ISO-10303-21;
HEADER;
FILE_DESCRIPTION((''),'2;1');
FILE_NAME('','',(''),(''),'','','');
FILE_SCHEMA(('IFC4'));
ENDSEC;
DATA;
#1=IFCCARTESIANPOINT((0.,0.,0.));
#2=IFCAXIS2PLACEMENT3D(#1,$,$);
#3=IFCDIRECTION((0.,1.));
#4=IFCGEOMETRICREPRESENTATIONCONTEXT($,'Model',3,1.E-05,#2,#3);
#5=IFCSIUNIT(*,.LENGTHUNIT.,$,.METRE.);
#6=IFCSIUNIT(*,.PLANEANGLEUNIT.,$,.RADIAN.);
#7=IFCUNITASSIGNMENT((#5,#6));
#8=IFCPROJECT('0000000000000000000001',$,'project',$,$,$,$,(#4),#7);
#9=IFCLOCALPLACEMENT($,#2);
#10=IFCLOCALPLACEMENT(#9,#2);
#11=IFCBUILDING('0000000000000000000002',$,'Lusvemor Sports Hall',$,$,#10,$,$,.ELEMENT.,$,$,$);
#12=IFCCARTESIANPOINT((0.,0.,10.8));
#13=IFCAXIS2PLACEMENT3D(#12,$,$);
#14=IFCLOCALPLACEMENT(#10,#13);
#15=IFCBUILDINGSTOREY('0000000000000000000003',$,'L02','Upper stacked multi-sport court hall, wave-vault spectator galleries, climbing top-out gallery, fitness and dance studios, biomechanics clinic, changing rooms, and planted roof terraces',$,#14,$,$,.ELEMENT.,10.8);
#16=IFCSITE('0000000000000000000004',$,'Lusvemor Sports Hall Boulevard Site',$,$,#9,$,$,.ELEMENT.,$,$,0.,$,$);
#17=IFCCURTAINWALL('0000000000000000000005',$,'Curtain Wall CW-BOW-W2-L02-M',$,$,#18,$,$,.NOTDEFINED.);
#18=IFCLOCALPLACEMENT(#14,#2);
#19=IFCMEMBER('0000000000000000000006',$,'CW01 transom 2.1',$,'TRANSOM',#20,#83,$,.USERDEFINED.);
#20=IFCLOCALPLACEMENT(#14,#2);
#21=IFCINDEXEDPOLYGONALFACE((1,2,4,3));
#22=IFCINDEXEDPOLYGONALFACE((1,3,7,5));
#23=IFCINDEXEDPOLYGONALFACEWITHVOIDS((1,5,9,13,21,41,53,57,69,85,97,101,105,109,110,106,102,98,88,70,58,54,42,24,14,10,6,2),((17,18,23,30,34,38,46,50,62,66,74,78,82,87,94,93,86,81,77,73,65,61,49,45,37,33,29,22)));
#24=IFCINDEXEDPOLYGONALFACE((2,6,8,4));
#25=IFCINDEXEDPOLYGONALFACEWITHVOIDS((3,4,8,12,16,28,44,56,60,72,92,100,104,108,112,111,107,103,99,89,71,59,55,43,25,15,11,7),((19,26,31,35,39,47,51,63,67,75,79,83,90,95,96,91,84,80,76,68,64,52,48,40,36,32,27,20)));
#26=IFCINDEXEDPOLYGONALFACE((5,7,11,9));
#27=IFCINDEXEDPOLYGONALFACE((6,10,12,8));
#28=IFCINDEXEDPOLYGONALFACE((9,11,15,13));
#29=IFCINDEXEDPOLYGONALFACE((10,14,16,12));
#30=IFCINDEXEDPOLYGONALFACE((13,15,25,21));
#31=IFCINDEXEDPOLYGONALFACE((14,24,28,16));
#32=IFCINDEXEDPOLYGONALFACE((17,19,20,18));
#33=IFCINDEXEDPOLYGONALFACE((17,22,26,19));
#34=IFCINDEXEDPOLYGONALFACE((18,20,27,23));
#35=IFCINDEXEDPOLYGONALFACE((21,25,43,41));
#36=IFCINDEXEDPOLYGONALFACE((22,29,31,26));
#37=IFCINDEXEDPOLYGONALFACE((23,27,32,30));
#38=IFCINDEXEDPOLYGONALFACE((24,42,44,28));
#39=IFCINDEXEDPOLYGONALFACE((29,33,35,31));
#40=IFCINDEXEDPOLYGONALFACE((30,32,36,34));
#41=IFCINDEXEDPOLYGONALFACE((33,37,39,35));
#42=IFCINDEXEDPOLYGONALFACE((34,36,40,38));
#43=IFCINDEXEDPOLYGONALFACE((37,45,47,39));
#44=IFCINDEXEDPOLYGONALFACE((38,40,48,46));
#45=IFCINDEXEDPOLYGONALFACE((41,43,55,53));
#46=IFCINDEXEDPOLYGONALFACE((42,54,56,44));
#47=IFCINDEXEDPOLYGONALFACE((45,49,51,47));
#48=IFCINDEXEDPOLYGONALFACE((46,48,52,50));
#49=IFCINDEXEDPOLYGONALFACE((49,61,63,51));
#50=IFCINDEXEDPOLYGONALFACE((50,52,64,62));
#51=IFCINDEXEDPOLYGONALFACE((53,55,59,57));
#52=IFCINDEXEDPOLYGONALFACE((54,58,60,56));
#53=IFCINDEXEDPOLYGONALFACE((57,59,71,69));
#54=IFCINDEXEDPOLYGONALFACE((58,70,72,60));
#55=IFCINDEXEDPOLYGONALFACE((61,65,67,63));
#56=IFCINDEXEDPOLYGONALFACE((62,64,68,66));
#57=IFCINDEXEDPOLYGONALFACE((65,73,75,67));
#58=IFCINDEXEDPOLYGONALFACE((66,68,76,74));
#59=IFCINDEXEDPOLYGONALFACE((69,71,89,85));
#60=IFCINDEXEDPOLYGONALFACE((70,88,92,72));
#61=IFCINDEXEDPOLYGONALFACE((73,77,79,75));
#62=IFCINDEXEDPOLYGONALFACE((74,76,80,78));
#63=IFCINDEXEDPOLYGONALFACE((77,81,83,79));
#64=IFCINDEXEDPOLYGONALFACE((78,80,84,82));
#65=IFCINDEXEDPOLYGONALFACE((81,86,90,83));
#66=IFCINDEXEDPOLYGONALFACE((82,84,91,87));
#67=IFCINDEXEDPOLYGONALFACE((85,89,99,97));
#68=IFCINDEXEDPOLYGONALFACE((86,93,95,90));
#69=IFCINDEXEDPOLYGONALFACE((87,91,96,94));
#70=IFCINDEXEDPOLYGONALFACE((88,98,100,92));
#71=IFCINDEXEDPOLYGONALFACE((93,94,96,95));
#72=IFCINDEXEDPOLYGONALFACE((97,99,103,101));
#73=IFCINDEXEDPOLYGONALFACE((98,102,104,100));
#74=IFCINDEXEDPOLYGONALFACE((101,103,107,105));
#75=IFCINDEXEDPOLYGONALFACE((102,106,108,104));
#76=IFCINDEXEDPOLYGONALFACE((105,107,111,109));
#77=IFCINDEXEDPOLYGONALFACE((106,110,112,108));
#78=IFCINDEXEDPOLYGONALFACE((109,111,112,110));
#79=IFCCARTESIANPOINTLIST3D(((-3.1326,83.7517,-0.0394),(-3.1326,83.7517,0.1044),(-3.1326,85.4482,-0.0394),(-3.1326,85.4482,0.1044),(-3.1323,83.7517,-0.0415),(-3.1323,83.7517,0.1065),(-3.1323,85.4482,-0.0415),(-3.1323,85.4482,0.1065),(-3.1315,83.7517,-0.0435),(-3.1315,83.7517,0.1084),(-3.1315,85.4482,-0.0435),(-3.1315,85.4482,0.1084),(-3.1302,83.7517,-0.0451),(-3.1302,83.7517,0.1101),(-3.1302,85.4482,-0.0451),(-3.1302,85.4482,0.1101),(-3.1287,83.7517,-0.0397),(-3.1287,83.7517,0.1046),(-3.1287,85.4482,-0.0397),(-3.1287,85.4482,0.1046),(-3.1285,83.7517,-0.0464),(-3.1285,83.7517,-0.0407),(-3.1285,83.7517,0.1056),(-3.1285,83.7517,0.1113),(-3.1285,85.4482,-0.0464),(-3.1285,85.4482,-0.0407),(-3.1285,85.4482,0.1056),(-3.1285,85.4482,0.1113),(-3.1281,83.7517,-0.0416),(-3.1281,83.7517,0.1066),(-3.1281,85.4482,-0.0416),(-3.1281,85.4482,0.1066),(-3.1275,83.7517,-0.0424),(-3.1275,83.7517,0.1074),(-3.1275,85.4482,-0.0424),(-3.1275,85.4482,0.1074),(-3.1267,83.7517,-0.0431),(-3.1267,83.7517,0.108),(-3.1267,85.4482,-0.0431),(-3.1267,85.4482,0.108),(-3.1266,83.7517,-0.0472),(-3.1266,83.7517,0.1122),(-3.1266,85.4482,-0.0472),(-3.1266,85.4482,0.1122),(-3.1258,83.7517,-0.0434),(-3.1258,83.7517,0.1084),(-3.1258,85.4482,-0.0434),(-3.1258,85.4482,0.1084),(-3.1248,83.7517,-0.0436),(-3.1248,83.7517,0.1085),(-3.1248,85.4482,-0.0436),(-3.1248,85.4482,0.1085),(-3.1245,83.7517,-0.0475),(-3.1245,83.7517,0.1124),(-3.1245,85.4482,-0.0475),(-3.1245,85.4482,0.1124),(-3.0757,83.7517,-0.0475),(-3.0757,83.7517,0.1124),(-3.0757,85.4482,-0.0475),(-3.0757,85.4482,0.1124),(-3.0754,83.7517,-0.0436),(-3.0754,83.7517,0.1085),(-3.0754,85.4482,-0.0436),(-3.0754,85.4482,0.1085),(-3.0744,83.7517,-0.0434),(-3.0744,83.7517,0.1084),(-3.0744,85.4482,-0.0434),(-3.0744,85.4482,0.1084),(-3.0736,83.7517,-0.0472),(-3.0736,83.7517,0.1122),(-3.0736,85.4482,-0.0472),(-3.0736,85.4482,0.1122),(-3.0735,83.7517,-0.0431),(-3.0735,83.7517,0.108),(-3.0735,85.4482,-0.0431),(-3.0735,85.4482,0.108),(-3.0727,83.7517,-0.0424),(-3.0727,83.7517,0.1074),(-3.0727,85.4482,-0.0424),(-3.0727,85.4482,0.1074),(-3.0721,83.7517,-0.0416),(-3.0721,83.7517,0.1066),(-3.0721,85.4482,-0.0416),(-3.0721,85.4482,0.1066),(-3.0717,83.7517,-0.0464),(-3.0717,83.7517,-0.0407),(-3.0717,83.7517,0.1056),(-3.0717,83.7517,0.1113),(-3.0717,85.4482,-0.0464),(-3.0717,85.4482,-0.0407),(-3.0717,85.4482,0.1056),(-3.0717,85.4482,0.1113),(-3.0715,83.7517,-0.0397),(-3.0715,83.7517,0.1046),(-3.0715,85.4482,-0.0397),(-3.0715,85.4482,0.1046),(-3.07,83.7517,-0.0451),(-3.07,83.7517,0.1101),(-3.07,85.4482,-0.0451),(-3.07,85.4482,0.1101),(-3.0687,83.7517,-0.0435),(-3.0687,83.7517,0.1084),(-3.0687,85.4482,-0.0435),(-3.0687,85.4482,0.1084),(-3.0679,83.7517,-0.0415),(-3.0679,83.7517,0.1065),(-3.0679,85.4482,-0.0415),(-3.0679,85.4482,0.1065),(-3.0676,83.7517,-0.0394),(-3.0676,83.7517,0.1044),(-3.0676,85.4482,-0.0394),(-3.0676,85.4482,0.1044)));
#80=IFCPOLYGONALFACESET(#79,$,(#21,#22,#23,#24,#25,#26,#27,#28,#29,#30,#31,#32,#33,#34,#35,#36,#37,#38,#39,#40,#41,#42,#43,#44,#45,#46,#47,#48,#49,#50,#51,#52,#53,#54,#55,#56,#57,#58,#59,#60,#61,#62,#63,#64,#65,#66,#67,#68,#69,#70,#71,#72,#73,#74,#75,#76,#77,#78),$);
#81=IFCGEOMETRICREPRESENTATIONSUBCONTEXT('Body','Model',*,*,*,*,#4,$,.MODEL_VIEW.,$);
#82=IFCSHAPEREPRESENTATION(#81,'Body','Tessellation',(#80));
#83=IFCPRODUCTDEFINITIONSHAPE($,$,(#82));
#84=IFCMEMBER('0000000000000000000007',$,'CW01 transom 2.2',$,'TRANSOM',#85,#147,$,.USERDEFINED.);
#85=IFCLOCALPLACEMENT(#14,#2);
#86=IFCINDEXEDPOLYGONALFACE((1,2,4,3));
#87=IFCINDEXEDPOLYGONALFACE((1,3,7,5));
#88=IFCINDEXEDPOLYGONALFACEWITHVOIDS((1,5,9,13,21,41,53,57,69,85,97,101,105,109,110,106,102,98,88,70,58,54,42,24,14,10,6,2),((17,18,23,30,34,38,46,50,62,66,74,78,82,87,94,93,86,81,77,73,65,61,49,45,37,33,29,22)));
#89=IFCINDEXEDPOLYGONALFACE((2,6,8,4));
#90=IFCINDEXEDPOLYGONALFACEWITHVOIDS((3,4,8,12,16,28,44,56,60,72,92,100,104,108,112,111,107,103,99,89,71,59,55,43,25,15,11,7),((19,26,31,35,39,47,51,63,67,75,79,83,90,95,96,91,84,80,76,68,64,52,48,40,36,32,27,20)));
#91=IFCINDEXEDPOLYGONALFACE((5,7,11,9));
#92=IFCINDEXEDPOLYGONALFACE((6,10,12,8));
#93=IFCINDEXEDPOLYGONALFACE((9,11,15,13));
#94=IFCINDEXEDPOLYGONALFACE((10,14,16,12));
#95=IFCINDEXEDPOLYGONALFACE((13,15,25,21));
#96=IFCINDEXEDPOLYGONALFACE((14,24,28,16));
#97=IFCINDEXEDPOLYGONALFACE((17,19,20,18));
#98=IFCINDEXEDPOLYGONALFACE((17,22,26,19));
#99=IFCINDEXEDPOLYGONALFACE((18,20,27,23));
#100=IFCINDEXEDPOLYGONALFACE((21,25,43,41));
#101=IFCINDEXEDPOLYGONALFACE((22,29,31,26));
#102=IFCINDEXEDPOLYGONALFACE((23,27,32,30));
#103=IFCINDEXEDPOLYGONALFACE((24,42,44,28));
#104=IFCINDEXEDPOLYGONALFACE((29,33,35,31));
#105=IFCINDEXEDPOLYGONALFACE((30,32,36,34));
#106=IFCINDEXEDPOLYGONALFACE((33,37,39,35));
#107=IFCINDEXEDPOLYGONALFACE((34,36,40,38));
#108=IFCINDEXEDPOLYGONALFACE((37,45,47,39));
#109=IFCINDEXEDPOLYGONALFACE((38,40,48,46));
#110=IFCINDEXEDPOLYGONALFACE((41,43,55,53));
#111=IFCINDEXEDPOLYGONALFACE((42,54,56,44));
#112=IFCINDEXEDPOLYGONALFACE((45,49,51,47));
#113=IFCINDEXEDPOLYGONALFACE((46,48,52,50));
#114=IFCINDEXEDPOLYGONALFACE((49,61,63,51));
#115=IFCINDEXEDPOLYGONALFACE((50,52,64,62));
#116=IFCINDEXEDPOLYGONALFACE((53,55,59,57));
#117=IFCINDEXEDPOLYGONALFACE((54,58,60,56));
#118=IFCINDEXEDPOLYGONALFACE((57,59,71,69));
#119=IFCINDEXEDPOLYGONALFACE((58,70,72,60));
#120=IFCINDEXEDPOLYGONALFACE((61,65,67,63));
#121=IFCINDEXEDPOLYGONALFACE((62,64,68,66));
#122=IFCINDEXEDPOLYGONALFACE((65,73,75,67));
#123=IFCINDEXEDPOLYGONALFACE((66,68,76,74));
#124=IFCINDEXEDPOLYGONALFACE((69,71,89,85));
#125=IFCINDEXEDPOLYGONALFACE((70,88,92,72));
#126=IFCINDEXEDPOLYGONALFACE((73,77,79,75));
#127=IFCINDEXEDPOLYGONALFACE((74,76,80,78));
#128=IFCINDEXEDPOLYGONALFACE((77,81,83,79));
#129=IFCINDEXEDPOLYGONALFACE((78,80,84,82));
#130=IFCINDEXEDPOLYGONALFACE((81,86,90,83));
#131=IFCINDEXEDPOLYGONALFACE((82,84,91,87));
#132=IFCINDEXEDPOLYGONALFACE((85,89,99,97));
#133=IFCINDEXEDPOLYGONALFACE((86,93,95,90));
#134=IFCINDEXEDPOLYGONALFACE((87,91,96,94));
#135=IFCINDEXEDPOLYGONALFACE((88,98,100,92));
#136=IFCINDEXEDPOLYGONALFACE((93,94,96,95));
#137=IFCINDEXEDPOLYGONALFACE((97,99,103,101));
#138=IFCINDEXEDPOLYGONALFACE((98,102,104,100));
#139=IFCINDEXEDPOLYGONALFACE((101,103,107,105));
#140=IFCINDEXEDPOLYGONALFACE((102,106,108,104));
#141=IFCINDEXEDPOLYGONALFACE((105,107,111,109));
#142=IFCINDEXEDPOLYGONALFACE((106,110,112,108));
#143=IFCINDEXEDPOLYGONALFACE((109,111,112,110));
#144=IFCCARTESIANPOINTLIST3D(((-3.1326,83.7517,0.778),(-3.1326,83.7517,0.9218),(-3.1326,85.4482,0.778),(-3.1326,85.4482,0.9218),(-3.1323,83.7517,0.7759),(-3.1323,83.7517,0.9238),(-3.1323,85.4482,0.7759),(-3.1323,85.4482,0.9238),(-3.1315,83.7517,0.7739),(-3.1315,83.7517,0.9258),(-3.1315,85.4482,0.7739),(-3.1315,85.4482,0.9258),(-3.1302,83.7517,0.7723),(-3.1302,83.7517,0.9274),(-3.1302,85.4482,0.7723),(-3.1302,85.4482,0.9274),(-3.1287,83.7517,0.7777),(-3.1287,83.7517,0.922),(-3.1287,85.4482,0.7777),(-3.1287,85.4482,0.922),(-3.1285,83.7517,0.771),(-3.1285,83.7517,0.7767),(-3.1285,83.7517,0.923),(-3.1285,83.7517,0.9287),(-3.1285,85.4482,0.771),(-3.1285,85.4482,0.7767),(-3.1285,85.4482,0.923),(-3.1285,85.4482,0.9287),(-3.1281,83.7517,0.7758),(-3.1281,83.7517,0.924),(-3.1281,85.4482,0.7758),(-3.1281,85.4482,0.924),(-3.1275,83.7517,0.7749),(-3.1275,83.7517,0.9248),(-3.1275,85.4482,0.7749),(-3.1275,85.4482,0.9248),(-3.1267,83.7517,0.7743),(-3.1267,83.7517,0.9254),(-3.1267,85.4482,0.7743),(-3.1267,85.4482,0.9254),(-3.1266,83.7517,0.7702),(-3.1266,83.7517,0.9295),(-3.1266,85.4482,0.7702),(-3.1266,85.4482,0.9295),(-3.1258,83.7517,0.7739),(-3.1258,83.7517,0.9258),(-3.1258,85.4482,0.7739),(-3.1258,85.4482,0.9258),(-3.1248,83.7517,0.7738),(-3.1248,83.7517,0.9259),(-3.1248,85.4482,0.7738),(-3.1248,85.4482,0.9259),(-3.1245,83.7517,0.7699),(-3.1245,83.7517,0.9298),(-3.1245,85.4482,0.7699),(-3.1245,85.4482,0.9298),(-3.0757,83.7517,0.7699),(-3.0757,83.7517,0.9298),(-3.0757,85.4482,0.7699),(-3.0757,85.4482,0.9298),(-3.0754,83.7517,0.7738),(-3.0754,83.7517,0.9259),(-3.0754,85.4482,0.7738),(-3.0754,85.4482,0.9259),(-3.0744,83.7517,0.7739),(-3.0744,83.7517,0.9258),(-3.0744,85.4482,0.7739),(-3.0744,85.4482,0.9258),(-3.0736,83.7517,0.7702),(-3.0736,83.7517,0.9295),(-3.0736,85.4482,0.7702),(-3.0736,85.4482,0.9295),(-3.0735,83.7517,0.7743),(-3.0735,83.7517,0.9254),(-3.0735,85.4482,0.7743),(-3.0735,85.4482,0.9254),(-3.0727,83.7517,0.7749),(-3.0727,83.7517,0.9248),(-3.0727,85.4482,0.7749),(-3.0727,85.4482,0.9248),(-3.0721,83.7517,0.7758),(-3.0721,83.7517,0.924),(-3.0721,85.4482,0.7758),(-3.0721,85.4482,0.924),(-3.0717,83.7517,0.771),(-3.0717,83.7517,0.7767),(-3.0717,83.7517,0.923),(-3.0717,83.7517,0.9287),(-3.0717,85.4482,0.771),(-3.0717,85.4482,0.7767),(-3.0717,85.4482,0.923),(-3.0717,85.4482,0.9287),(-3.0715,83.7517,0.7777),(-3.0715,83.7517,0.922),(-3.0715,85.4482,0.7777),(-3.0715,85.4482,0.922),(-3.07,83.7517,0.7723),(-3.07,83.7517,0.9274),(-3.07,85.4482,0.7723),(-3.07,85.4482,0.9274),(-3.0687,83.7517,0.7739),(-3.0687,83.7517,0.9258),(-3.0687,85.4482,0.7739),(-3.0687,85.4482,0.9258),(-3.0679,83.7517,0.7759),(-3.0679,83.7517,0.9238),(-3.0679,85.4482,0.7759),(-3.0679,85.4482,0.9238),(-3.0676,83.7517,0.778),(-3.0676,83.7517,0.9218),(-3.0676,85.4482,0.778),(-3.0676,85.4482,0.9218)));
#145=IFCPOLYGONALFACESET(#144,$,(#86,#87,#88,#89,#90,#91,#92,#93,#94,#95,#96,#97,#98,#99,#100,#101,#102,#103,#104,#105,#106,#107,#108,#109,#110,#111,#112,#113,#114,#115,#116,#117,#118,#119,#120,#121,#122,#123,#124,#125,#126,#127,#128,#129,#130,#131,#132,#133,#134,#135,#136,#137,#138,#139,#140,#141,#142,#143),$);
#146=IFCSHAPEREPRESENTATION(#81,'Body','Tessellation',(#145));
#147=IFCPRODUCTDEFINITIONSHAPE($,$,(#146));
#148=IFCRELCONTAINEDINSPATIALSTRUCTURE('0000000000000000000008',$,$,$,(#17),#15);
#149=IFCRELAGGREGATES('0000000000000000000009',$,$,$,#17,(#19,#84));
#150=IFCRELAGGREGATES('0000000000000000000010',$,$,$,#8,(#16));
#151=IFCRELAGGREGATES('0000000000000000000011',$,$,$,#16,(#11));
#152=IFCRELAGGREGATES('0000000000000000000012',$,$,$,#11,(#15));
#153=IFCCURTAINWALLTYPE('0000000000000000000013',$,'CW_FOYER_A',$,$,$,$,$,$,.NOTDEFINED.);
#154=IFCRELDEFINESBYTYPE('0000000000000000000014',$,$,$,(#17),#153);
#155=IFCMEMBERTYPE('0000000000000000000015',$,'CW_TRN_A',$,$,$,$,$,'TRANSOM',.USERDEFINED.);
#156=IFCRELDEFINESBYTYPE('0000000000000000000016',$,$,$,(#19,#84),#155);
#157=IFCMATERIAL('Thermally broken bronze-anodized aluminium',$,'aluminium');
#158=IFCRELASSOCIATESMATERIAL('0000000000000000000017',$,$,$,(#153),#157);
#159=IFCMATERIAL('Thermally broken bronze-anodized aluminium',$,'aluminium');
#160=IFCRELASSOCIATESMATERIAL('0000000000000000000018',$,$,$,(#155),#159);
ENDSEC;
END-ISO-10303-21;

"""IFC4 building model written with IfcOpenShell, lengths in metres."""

from ifc_helpers import new_model, si_unit, direction, frame, origin, origin_2d, place, context, subcontext, project, spatial, hollow_rectangle, extrude, material, material_profile, profile_set, type_object, element, aggregate, save


model = new_model("IFC4")

# Units and contexts
model_context = context("Model", 3, precision=1e-05, world=origin(), true_north=direction((0.0, 1.0)))
body_context = subcontext(model_context, "Body", "Model", "MODEL_VIEW")
ifc_project = project(units=[si_unit("LENGTHUNIT", "METRE"), si_unit("PLANEANGLEUNIT", "RADIAN")], contexts=[model_context])

# Site, building, storey
site_placement = place(None, origin())
site = spatial("IfcSite", under=ifc_project, at=site_placement, Name="Lusvemor Sports Hall Boulevard Site", CompositionType="ELEMENT", RefElevation=0.0)
building_placement = place(site_placement, origin())
building = spatial("IfcBuilding", under=site, at=building_placement, Name="Lusvemor Sports Hall", CompositionType="ELEMENT")
storey_placement = place(building_placement, frame((0.0, 0.0, 10.8)))
storey = spatial("IfcBuildingStorey", under=building, at=storey_placement, Name="L02", Description="Upper stacked multi-sport court hall, wave-vault spectator galleries, climbing top-out gallery, fitness and dance studios, biomechanics clinic, changing rooms, and planted roof terraces", CompositionType="ELEMENT", Elevation=10.8)

# Curtain wall, members
ifc_material_1 = material(Name="Thermally broken bronze-anodized aluminium", Category="aluminium")
curtain_wall_type = type_object("IfcCurtainWallType", Name="CW_FOYER_A", PredefinedType="NOTDEFINED", material=ifc_material_1)
curtain_wall_placement = place(storey_placement, origin())
curtain_wall = element("IfcCurtainWall", 1, at=curtain_wall_placement, inside=storey, type_object=curtain_wall_type, Name="Curtain Wall CW-BOW-W2-L02-M", PredefinedType="NOTDEFINED")
ifc_material_2 = material(Name="Thermally broken bronze-anodized aluminium", Category="aluminium")
ifc_material_profile_1 = material_profile(ifc_material_2, hollow_rectangle(XDim=0.0649, YDim=0.1599, WallThickness=0.0039, InnerFilletRadius=0.0039, OuterFilletRadius=0.0081, at=origin_2d()), Name="CWTRN160x65x4")
ifc_profile_set_1 = profile_set([ifc_material_profile_1], Name="Thermally broken bronze-anodized aluminium")
member_type_1 = type_object("IfcMemberType", Name="CW_TRN_A", ElementType="TRANSOM", PredefinedType="USERDEFINED", material=ifc_profile_set_1)
member_1_placement = place(storey_placement, frame((-3.1001, 83.7517, 0.0325), z_axis=(0.0, 1.0, 0.0), x_axis=(-1.0, 0.0, 0.0)))
member_1 = element("IfcMember", 2, at=member_1_placement, type_object=member_type_1, Name="CW01 transom 2.1", ObjectType="TRANSOM", PredefinedType="USERDEFINED", context=body_context, shape_type="SweptSolid", body=[
    extrude(hollow_rectangle(XDim=0.0649, YDim=0.1599, WallThickness=0.0039, InnerFilletRadius=0.0039, OuterFilletRadius=0.0081, at=origin_2d()), origin(), (0.0, 0.0, 1.0), 1.6965),
])
member_2_placement = place(storey_placement, frame((-3.1001, 83.7517, 0.8499), z_axis=(0.0, 1.0, 0.0), x_axis=(-1.0, 0.0, 0.0)))
member_2 = element("IfcMember", 3, at=member_2_placement, type_object=member_type_1, Name="CW01 transom 2.2", ObjectType="TRANSOM", PredefinedType="USERDEFINED", context=body_context, shape_type="SweptSolid", body=[
    extrude(hollow_rectangle(XDim=0.0649, YDim=0.1599, WallThickness=0.0039, InnerFilletRadius=0.0039, OuterFilletRadius=0.0081, at=origin_2d()), origin(), (0.0, 0.0, 1.0), 1.6965),
])

aggregate(curtain_wall, [member_1, member_2])

save(model, "model.ifc")
